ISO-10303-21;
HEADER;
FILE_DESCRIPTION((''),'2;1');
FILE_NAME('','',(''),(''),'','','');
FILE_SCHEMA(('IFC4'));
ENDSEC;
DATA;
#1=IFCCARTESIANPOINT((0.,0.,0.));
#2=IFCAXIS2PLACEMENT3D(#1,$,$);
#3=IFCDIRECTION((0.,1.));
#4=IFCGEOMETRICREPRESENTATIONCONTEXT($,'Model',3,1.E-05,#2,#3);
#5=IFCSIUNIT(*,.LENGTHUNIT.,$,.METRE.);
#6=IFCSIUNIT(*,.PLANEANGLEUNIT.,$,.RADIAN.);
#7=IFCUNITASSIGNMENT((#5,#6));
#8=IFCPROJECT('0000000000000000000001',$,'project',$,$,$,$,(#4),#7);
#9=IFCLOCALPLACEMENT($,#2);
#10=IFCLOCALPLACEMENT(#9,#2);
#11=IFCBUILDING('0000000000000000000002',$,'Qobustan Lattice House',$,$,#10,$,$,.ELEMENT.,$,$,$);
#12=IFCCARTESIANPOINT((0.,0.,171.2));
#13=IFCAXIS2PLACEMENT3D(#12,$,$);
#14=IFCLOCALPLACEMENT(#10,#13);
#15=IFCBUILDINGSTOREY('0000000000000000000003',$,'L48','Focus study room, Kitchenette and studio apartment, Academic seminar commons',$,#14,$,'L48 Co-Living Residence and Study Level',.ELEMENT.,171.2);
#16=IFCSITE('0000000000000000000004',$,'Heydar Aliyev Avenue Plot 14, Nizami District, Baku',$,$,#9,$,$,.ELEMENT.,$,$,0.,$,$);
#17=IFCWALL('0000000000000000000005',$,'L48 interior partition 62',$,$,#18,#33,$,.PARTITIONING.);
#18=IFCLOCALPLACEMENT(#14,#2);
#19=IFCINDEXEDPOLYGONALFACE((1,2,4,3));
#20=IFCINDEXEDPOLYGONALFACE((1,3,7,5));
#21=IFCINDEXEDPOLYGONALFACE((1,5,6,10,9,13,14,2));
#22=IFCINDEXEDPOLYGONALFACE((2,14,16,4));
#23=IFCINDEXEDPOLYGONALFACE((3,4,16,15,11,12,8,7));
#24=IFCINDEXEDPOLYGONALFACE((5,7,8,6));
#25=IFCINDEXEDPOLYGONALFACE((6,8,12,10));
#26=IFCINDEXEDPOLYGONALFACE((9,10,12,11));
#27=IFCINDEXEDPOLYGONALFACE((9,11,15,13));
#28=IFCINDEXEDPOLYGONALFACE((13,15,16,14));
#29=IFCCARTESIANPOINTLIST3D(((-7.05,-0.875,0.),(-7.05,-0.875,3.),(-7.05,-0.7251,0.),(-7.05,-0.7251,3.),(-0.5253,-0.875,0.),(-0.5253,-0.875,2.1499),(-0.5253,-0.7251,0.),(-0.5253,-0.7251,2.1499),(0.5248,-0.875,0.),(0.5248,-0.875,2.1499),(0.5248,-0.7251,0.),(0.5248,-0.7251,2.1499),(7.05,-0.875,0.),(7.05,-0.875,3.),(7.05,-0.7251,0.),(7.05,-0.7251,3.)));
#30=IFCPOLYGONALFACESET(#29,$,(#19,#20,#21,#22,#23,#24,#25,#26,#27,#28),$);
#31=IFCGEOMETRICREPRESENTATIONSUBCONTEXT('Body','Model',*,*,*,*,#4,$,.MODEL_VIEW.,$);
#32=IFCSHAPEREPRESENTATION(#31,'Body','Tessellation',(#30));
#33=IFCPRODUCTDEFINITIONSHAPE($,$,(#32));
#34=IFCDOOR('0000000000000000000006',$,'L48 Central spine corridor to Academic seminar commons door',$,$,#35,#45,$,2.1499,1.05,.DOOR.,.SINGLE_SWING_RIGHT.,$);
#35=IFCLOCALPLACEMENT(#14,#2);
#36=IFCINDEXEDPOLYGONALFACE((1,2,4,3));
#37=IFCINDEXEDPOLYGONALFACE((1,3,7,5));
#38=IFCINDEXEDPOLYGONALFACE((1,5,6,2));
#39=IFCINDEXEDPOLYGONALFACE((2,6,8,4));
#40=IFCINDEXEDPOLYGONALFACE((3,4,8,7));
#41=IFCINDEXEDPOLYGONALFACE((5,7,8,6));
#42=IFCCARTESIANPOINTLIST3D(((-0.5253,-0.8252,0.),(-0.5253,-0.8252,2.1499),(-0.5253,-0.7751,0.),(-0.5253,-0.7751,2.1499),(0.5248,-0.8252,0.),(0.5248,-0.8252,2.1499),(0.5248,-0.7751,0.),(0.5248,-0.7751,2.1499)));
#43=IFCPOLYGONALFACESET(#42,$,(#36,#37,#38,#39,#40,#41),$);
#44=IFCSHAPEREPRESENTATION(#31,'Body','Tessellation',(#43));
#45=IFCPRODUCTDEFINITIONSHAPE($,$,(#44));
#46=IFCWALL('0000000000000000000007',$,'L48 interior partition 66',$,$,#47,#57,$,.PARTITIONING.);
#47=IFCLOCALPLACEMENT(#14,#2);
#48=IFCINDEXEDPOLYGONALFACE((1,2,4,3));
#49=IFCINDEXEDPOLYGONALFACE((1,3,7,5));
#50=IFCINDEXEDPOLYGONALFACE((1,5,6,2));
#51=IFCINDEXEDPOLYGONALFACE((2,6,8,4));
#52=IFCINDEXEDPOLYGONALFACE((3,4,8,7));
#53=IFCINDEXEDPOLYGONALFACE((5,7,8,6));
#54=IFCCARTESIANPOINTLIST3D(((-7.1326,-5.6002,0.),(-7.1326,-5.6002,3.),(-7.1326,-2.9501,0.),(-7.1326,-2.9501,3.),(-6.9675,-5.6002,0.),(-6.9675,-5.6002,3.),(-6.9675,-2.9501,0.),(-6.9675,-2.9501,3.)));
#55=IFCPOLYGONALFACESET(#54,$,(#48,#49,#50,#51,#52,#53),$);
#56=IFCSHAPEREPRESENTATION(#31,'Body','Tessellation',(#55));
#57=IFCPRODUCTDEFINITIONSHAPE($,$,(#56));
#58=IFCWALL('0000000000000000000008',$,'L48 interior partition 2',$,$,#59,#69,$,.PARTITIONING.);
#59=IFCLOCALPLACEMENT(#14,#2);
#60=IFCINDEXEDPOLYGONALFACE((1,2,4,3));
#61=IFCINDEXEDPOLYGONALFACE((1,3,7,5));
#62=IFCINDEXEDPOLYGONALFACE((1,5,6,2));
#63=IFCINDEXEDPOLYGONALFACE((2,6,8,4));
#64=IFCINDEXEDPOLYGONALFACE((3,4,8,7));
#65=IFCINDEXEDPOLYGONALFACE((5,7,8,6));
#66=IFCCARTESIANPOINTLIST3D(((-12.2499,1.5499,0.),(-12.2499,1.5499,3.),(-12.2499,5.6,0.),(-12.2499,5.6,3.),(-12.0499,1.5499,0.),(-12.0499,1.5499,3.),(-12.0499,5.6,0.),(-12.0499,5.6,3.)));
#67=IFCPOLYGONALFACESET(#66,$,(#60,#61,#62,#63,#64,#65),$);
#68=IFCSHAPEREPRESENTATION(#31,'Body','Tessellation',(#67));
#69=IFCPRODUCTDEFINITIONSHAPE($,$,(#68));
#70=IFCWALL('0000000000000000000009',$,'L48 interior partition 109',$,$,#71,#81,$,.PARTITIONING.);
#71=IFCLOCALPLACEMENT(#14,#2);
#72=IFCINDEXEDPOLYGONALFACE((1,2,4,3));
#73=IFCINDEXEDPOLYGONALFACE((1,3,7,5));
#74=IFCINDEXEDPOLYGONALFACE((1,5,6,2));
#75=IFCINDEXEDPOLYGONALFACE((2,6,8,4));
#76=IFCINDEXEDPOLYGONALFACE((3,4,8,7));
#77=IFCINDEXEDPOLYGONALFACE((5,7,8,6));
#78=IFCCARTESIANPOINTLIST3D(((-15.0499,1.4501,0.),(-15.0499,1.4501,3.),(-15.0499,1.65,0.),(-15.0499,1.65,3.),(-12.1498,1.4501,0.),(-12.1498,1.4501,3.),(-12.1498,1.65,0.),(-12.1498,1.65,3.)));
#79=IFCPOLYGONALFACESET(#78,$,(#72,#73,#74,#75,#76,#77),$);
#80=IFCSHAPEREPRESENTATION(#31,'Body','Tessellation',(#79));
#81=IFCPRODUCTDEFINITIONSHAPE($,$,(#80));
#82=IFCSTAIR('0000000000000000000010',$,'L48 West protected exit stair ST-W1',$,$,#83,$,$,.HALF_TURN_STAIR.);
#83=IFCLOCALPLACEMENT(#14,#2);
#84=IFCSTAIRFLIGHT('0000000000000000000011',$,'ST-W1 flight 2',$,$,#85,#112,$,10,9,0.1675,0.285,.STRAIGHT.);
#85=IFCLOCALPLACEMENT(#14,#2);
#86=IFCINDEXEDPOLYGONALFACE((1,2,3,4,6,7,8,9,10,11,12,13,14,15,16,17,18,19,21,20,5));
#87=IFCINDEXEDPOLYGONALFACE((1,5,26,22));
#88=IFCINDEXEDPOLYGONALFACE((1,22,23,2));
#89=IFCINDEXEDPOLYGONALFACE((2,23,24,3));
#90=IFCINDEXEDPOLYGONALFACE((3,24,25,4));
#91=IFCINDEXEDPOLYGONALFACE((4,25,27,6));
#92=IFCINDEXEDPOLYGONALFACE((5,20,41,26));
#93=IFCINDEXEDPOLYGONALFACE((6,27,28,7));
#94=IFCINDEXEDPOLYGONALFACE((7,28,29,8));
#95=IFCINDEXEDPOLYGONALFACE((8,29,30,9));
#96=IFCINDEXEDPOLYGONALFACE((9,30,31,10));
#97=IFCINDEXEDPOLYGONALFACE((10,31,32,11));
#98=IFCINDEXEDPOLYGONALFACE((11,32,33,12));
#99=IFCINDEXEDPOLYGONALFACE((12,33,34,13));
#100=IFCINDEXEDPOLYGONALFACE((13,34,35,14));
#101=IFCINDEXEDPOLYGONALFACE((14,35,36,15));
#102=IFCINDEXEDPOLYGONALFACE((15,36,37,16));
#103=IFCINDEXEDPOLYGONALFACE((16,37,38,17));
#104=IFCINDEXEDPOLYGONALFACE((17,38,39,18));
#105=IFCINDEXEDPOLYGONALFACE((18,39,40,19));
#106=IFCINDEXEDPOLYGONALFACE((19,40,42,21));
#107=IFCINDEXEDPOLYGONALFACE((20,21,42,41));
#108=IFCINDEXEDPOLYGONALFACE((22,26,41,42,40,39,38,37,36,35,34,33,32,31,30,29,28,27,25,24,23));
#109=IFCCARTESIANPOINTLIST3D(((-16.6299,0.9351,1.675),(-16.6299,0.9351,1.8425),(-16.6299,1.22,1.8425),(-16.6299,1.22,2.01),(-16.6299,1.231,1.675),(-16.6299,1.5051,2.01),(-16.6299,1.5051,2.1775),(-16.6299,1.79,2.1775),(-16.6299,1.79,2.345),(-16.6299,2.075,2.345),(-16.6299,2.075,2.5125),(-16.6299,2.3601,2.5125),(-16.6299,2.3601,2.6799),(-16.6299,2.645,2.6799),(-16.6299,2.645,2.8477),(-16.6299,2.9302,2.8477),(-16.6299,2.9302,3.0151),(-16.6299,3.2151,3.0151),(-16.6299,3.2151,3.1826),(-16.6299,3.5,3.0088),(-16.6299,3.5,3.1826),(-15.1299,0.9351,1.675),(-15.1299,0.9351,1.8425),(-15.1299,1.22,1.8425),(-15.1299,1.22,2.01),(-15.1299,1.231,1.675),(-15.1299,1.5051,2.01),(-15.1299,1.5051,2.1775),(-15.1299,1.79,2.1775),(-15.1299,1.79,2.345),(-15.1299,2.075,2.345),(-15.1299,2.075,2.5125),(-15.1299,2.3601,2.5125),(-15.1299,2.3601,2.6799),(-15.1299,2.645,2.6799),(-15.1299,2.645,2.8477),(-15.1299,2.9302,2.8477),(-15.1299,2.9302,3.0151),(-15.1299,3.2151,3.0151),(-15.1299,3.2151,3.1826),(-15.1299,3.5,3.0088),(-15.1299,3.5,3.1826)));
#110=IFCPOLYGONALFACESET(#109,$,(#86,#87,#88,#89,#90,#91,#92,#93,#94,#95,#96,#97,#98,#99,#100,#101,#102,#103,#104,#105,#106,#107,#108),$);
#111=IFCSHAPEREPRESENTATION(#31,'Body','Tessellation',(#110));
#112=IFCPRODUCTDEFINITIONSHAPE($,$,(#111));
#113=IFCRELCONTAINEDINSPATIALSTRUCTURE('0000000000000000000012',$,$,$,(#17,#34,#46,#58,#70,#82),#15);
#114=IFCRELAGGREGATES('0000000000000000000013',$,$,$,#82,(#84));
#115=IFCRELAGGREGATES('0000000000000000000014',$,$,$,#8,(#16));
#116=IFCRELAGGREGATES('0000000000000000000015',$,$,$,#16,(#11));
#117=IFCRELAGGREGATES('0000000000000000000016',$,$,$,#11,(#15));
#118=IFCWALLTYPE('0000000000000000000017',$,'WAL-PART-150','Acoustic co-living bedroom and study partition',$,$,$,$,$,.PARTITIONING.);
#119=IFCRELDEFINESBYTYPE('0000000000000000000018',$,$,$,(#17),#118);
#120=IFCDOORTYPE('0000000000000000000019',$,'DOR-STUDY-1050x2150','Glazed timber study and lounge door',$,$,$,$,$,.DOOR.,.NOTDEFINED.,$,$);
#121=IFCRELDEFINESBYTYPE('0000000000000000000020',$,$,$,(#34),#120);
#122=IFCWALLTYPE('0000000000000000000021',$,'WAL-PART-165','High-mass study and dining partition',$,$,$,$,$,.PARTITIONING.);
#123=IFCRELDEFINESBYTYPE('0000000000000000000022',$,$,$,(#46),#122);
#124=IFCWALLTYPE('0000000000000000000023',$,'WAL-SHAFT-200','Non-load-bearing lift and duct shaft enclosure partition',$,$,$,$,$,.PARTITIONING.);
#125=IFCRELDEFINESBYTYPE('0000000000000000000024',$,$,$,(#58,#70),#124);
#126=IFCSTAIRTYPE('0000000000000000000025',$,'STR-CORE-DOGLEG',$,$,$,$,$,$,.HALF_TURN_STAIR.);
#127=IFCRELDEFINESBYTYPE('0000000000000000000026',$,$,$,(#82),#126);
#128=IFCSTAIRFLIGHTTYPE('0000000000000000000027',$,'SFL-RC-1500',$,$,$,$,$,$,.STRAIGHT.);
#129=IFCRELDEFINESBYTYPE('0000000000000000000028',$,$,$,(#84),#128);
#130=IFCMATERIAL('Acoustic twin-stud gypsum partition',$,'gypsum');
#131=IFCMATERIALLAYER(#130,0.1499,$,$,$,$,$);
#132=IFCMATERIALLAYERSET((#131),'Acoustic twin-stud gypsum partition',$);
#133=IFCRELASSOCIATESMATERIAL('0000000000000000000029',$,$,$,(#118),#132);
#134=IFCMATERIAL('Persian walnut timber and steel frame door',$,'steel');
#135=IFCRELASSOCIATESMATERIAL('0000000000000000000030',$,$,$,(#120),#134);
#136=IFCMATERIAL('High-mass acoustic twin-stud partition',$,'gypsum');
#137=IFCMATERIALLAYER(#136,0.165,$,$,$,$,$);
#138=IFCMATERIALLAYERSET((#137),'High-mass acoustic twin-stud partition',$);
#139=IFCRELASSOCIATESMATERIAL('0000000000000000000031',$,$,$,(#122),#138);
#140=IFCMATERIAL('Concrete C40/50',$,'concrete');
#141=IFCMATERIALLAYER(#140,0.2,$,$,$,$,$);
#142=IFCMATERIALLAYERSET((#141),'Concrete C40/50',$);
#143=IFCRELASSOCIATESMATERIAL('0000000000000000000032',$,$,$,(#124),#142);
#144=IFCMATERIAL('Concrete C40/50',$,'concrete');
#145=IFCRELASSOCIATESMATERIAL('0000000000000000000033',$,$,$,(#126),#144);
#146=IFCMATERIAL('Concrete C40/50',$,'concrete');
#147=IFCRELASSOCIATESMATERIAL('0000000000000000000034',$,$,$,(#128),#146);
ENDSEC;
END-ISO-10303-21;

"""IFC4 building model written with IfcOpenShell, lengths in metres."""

from ifc_helpers import new_model, si_unit, direction, frame, frame_2d, origin, place, context, subcontext, project, spatial, polyline, rectangle, outline, extrude, material, layer, layer_set, type_object, element, fill, aggregate, save


model = new_model("IFC4")

# Units and contexts
model_context = context("Model", 3, precision=1e-05, world=origin(), true_north=direction((0.0, 1.0)))
body_context = subcontext(model_context, "Body", "Model", "MODEL_VIEW")
ifc_project = project(units=[si_unit("LENGTHUNIT", "METRE"), si_unit("PLANEANGLEUNIT", "RADIAN")], contexts=[model_context])

# Site, building, storey
site_placement = place(None, origin())
site = spatial("IfcSite", under=ifc_project, at=site_placement, Name="Heydar Aliyev Avenue Plot 14, Nizami District, Baku", CompositionType="ELEMENT", RefElevation=0.0)
building_placement = place(site_placement, origin())
building = spatial("IfcBuilding", under=site, at=building_placement, Name="Qobustan Lattice House", CompositionType="ELEMENT")
storey_placement = place(building_placement, frame((0.0, 0.0, 171.2)))
storey = spatial("IfcBuildingStorey", under=building, at=storey_placement, Name="L48", Description="Focus study room, Kitchenette and studio apartment, Academic seminar commons", LongName="L48 Co-Living Residence and Study Level", CompositionType="ELEMENT", Elevation=171.2)

# Wall, opening, door
ifc_material_1 = material(Name="Acoustic twin-stud gypsum partition", Category="gypsum")
ifc_layer_1 = layer(ifc_material_1, 0.1499)
ifc_layer_set_1 = layer_set([ifc_layer_1], Name="Acoustic twin-stud gypsum partition")
wall_type_1 = type_object("IfcWallType", Name="WAL-PART-150", Description="Acoustic co-living bedroom and study partition", PredefinedType="PARTITIONING", material=ifc_layer_set_1)
wall_1_placement = place(storey_placement, frame((-7.05, -0.8, 0.0), z_axis=(0.0, 0.0, 1.0), x_axis=(1.0, 0.0, 0.0)))
wall_1 = element("IfcWall", 1, at=wall_1_placement, inside=storey, type_object=wall_type_1, Name="L48 interior partition 62", PredefinedType="PARTITIONING", context=body_context, shape_type="SweptSolid", body=[
    extrude(rectangle(XDim=14.1001, YDim=0.1499, at=frame_2d((7.05, 0.0))), origin(), (0.0, 0.0, 1.0), 3.0),
])
opening_1_placement = place(wall_1_placement, frame((6.5249, 0.0, 0.0)))
opening_1 = element("IfcOpeningElement", 2, at=opening_1_placement, cuts=wall_1, PredefinedType="OPENING", context=body_context, shape_type="SweptSolid", body=[
    extrude(rectangle(XDim=1.05, YDim=2.1499, at=frame_2d((0.5249, 1.075))), frame((0.0, 0.085, 0.0), z_axis=(0.0, -1.0, 0.0), x_axis=(1.0, 0.0, 0.0)), (0.0, 0.0, 1.0), 0.1699),
])
ifc_material_2 = material(Name="Persian walnut timber and steel frame door", Category="steel")
door_type_1 = type_object("IfcDoorType", Name="DOR-STUDY-1050x2150", Description="Glazed timber study and lounge door", OperationType="NOTDEFINED", PredefinedType="DOOR", material=ifc_material_2)
door_1_placement = place(opening_1_placement, origin())
door_1 = element("IfcDoor", 3, at=door_1_placement, inside=storey, type_object=door_type_1, Name="L48 Central spine corridor to Academic seminar commons door", OperationType="SINGLE_SWING_RIGHT", OverallHeight=2.1499, OverallWidth=1.05, PredefinedType="DOOR", context=body_context, shape_type="SweptSolid", body=[
    extrude(rectangle(XDim=1.05, YDim=2.1499, at=frame_2d((0.5249, 1.075))), frame((0.0, 0.0249, 0.0), z_axis=(0.0, -1.0, 0.0), x_axis=(1.0, 0.0, 0.0)), (0.0, 0.0, 1.0), 0.05),
])
fill(opening_1, door_1)
ifc_material_3 = material(Name="High-mass acoustic twin-stud partition", Category="gypsum")
ifc_layer_2 = layer(ifc_material_3, 0.165)
ifc_layer_set_2 = layer_set([ifc_layer_2], Name="High-mass acoustic twin-stud partition")
wall_type_2 = type_object("IfcWallType", Name="WAL-PART-165", Description="High-mass study and dining partition", PredefinedType="PARTITIONING", material=ifc_layer_set_2)

# Walls
wall_2_placement = place(storey_placement, frame((-7.05, -2.95, 0.0), z_axis=(0.0, 0.0, 1.0), x_axis=(0.0, -1.0, 0.0)))
element("IfcWall", 4, at=wall_2_placement, inside=storey, type_object=wall_type_2, Name="L48 interior partition 66", PredefinedType="PARTITIONING", context=body_context, shape_type="SweptSolid", body=[
    extrude(rectangle(XDim=2.6501, YDim=0.165, at=frame_2d((1.3252, 0.0))), origin(), (0.0, 0.0, 1.0), 3.0),
])
ifc_material_4 = material(Name="Concrete C40/50", Category="concrete")
ifc_layer_3 = layer(ifc_material_4, 0.2)
ifc_layer_set_3 = layer_set([ifc_layer_3], Name="Concrete C40/50")
wall_type_3 = type_object("IfcWallType", Name="WAL-SHAFT-200", Description="Non-load-bearing lift and duct shaft enclosure partition", PredefinedType="PARTITIONING", material=ifc_layer_set_3)
wall_3_placement = place(storey_placement, frame((-12.1499, 1.55, 0.0), z_axis=(0.0, 0.0, 1.0), x_axis=(0.0, 1.0, 0.0)))
element("IfcWall", 5, at=wall_3_placement, inside=storey, type_object=wall_type_3, Name="L48 interior partition 2", PredefinedType="PARTITIONING", context=body_context, shape_type="SweptSolid", body=[
    extrude(rectangle(XDim=4.05, YDim=0.2, at=frame_2d((2.0249, 0.0))), origin(), (0.0, 0.0, 1.0), 3.0),
])
wall_4_placement = place(storey_placement, frame((-15.05, 1.55, 0.0), z_axis=(0.0, 0.0, 1.0), x_axis=(1.0, 0.0, 0.0)))
element("IfcWall", 6, at=wall_4_placement, inside=storey, type_object=wall_type_3, Name="L48 interior partition 109", PredefinedType="PARTITIONING", context=body_context, shape_type="SweptSolid", body=[
    extrude(rectangle(XDim=2.9001, YDim=0.2, at=frame_2d((1.4502, 0.0))), origin(), (0.0, 0.0, 1.0), 3.0),
])

# Stair, stair flight
ifc_material_5 = material(Name="Concrete C40/50", Category="concrete")
stair_type = type_object("IfcStairType", Name="STR-CORE-DOGLEG", PredefinedType="HALF_TURN_STAIR", material=ifc_material_5)
stair_placement = place(storey_placement, origin())
stair = element("IfcStair", 7, at=stair_placement, inside=storey, type_object=stair_type, Name="L48 West protected exit stair ST-W1", PredefinedType="HALF_TURN_STAIR")
ifc_material_6 = material(Name="Concrete C40/50", Category="concrete")
stair_flight_type = type_object("IfcStairFlightType", Name="SFL-RC-1500", PredefinedType="STRAIGHT", material=ifc_material_6)
stair_flight_placement = place(storey_placement, frame((-15.8799, 0.9351, 1.675), z_axis=(0.0, 0.0, 1.0), x_axis=(0.0, 1.0, 0.0)))
stair_flight = element("IfcStairFlight", 8, at=stair_flight_placement, type_object=stair_flight_type, Name="ST-W1 flight 2", NumberOfRisers=10, NumberOfTreads=9, PredefinedType="STRAIGHT", RiserHeight=0.1675, TreadLength=0.285, context=body_context, shape_type="SweptSolid", body=[
    extrude(outline(polyline([(0.0, 0.0), (0.0, 0.1675), (0.2849, 0.1675), (0.2849, 0.335), (0.5701, 0.335), (0.5701, 0.5024), (0.855, 0.5024), (0.855, 0.6699), (1.1399, 0.6699), (1.1399, 0.8374), (1.425, 0.8374), (1.425, 1.0049), (1.71, 1.0049), (1.71, 1.1726), (1.9951, 1.1726), (1.9951, 1.3401), (2.28, 1.3401), (2.28, 1.5076), (2.5649, 1.5076), (2.5649, 1.675), (2.5649, 1.3337), (0.2959, 0.0), (0.0, 0.0)])), frame((0.0, 0.75, 0.0), z_axis=(0.0, -1.0, 0.0), x_axis=(1.0, 0.0, 0.0)), (0.0, 0.0, 1.0), 1.5),
])
aggregate(stair, [stair_flight])

save(model, "model.ifc")
